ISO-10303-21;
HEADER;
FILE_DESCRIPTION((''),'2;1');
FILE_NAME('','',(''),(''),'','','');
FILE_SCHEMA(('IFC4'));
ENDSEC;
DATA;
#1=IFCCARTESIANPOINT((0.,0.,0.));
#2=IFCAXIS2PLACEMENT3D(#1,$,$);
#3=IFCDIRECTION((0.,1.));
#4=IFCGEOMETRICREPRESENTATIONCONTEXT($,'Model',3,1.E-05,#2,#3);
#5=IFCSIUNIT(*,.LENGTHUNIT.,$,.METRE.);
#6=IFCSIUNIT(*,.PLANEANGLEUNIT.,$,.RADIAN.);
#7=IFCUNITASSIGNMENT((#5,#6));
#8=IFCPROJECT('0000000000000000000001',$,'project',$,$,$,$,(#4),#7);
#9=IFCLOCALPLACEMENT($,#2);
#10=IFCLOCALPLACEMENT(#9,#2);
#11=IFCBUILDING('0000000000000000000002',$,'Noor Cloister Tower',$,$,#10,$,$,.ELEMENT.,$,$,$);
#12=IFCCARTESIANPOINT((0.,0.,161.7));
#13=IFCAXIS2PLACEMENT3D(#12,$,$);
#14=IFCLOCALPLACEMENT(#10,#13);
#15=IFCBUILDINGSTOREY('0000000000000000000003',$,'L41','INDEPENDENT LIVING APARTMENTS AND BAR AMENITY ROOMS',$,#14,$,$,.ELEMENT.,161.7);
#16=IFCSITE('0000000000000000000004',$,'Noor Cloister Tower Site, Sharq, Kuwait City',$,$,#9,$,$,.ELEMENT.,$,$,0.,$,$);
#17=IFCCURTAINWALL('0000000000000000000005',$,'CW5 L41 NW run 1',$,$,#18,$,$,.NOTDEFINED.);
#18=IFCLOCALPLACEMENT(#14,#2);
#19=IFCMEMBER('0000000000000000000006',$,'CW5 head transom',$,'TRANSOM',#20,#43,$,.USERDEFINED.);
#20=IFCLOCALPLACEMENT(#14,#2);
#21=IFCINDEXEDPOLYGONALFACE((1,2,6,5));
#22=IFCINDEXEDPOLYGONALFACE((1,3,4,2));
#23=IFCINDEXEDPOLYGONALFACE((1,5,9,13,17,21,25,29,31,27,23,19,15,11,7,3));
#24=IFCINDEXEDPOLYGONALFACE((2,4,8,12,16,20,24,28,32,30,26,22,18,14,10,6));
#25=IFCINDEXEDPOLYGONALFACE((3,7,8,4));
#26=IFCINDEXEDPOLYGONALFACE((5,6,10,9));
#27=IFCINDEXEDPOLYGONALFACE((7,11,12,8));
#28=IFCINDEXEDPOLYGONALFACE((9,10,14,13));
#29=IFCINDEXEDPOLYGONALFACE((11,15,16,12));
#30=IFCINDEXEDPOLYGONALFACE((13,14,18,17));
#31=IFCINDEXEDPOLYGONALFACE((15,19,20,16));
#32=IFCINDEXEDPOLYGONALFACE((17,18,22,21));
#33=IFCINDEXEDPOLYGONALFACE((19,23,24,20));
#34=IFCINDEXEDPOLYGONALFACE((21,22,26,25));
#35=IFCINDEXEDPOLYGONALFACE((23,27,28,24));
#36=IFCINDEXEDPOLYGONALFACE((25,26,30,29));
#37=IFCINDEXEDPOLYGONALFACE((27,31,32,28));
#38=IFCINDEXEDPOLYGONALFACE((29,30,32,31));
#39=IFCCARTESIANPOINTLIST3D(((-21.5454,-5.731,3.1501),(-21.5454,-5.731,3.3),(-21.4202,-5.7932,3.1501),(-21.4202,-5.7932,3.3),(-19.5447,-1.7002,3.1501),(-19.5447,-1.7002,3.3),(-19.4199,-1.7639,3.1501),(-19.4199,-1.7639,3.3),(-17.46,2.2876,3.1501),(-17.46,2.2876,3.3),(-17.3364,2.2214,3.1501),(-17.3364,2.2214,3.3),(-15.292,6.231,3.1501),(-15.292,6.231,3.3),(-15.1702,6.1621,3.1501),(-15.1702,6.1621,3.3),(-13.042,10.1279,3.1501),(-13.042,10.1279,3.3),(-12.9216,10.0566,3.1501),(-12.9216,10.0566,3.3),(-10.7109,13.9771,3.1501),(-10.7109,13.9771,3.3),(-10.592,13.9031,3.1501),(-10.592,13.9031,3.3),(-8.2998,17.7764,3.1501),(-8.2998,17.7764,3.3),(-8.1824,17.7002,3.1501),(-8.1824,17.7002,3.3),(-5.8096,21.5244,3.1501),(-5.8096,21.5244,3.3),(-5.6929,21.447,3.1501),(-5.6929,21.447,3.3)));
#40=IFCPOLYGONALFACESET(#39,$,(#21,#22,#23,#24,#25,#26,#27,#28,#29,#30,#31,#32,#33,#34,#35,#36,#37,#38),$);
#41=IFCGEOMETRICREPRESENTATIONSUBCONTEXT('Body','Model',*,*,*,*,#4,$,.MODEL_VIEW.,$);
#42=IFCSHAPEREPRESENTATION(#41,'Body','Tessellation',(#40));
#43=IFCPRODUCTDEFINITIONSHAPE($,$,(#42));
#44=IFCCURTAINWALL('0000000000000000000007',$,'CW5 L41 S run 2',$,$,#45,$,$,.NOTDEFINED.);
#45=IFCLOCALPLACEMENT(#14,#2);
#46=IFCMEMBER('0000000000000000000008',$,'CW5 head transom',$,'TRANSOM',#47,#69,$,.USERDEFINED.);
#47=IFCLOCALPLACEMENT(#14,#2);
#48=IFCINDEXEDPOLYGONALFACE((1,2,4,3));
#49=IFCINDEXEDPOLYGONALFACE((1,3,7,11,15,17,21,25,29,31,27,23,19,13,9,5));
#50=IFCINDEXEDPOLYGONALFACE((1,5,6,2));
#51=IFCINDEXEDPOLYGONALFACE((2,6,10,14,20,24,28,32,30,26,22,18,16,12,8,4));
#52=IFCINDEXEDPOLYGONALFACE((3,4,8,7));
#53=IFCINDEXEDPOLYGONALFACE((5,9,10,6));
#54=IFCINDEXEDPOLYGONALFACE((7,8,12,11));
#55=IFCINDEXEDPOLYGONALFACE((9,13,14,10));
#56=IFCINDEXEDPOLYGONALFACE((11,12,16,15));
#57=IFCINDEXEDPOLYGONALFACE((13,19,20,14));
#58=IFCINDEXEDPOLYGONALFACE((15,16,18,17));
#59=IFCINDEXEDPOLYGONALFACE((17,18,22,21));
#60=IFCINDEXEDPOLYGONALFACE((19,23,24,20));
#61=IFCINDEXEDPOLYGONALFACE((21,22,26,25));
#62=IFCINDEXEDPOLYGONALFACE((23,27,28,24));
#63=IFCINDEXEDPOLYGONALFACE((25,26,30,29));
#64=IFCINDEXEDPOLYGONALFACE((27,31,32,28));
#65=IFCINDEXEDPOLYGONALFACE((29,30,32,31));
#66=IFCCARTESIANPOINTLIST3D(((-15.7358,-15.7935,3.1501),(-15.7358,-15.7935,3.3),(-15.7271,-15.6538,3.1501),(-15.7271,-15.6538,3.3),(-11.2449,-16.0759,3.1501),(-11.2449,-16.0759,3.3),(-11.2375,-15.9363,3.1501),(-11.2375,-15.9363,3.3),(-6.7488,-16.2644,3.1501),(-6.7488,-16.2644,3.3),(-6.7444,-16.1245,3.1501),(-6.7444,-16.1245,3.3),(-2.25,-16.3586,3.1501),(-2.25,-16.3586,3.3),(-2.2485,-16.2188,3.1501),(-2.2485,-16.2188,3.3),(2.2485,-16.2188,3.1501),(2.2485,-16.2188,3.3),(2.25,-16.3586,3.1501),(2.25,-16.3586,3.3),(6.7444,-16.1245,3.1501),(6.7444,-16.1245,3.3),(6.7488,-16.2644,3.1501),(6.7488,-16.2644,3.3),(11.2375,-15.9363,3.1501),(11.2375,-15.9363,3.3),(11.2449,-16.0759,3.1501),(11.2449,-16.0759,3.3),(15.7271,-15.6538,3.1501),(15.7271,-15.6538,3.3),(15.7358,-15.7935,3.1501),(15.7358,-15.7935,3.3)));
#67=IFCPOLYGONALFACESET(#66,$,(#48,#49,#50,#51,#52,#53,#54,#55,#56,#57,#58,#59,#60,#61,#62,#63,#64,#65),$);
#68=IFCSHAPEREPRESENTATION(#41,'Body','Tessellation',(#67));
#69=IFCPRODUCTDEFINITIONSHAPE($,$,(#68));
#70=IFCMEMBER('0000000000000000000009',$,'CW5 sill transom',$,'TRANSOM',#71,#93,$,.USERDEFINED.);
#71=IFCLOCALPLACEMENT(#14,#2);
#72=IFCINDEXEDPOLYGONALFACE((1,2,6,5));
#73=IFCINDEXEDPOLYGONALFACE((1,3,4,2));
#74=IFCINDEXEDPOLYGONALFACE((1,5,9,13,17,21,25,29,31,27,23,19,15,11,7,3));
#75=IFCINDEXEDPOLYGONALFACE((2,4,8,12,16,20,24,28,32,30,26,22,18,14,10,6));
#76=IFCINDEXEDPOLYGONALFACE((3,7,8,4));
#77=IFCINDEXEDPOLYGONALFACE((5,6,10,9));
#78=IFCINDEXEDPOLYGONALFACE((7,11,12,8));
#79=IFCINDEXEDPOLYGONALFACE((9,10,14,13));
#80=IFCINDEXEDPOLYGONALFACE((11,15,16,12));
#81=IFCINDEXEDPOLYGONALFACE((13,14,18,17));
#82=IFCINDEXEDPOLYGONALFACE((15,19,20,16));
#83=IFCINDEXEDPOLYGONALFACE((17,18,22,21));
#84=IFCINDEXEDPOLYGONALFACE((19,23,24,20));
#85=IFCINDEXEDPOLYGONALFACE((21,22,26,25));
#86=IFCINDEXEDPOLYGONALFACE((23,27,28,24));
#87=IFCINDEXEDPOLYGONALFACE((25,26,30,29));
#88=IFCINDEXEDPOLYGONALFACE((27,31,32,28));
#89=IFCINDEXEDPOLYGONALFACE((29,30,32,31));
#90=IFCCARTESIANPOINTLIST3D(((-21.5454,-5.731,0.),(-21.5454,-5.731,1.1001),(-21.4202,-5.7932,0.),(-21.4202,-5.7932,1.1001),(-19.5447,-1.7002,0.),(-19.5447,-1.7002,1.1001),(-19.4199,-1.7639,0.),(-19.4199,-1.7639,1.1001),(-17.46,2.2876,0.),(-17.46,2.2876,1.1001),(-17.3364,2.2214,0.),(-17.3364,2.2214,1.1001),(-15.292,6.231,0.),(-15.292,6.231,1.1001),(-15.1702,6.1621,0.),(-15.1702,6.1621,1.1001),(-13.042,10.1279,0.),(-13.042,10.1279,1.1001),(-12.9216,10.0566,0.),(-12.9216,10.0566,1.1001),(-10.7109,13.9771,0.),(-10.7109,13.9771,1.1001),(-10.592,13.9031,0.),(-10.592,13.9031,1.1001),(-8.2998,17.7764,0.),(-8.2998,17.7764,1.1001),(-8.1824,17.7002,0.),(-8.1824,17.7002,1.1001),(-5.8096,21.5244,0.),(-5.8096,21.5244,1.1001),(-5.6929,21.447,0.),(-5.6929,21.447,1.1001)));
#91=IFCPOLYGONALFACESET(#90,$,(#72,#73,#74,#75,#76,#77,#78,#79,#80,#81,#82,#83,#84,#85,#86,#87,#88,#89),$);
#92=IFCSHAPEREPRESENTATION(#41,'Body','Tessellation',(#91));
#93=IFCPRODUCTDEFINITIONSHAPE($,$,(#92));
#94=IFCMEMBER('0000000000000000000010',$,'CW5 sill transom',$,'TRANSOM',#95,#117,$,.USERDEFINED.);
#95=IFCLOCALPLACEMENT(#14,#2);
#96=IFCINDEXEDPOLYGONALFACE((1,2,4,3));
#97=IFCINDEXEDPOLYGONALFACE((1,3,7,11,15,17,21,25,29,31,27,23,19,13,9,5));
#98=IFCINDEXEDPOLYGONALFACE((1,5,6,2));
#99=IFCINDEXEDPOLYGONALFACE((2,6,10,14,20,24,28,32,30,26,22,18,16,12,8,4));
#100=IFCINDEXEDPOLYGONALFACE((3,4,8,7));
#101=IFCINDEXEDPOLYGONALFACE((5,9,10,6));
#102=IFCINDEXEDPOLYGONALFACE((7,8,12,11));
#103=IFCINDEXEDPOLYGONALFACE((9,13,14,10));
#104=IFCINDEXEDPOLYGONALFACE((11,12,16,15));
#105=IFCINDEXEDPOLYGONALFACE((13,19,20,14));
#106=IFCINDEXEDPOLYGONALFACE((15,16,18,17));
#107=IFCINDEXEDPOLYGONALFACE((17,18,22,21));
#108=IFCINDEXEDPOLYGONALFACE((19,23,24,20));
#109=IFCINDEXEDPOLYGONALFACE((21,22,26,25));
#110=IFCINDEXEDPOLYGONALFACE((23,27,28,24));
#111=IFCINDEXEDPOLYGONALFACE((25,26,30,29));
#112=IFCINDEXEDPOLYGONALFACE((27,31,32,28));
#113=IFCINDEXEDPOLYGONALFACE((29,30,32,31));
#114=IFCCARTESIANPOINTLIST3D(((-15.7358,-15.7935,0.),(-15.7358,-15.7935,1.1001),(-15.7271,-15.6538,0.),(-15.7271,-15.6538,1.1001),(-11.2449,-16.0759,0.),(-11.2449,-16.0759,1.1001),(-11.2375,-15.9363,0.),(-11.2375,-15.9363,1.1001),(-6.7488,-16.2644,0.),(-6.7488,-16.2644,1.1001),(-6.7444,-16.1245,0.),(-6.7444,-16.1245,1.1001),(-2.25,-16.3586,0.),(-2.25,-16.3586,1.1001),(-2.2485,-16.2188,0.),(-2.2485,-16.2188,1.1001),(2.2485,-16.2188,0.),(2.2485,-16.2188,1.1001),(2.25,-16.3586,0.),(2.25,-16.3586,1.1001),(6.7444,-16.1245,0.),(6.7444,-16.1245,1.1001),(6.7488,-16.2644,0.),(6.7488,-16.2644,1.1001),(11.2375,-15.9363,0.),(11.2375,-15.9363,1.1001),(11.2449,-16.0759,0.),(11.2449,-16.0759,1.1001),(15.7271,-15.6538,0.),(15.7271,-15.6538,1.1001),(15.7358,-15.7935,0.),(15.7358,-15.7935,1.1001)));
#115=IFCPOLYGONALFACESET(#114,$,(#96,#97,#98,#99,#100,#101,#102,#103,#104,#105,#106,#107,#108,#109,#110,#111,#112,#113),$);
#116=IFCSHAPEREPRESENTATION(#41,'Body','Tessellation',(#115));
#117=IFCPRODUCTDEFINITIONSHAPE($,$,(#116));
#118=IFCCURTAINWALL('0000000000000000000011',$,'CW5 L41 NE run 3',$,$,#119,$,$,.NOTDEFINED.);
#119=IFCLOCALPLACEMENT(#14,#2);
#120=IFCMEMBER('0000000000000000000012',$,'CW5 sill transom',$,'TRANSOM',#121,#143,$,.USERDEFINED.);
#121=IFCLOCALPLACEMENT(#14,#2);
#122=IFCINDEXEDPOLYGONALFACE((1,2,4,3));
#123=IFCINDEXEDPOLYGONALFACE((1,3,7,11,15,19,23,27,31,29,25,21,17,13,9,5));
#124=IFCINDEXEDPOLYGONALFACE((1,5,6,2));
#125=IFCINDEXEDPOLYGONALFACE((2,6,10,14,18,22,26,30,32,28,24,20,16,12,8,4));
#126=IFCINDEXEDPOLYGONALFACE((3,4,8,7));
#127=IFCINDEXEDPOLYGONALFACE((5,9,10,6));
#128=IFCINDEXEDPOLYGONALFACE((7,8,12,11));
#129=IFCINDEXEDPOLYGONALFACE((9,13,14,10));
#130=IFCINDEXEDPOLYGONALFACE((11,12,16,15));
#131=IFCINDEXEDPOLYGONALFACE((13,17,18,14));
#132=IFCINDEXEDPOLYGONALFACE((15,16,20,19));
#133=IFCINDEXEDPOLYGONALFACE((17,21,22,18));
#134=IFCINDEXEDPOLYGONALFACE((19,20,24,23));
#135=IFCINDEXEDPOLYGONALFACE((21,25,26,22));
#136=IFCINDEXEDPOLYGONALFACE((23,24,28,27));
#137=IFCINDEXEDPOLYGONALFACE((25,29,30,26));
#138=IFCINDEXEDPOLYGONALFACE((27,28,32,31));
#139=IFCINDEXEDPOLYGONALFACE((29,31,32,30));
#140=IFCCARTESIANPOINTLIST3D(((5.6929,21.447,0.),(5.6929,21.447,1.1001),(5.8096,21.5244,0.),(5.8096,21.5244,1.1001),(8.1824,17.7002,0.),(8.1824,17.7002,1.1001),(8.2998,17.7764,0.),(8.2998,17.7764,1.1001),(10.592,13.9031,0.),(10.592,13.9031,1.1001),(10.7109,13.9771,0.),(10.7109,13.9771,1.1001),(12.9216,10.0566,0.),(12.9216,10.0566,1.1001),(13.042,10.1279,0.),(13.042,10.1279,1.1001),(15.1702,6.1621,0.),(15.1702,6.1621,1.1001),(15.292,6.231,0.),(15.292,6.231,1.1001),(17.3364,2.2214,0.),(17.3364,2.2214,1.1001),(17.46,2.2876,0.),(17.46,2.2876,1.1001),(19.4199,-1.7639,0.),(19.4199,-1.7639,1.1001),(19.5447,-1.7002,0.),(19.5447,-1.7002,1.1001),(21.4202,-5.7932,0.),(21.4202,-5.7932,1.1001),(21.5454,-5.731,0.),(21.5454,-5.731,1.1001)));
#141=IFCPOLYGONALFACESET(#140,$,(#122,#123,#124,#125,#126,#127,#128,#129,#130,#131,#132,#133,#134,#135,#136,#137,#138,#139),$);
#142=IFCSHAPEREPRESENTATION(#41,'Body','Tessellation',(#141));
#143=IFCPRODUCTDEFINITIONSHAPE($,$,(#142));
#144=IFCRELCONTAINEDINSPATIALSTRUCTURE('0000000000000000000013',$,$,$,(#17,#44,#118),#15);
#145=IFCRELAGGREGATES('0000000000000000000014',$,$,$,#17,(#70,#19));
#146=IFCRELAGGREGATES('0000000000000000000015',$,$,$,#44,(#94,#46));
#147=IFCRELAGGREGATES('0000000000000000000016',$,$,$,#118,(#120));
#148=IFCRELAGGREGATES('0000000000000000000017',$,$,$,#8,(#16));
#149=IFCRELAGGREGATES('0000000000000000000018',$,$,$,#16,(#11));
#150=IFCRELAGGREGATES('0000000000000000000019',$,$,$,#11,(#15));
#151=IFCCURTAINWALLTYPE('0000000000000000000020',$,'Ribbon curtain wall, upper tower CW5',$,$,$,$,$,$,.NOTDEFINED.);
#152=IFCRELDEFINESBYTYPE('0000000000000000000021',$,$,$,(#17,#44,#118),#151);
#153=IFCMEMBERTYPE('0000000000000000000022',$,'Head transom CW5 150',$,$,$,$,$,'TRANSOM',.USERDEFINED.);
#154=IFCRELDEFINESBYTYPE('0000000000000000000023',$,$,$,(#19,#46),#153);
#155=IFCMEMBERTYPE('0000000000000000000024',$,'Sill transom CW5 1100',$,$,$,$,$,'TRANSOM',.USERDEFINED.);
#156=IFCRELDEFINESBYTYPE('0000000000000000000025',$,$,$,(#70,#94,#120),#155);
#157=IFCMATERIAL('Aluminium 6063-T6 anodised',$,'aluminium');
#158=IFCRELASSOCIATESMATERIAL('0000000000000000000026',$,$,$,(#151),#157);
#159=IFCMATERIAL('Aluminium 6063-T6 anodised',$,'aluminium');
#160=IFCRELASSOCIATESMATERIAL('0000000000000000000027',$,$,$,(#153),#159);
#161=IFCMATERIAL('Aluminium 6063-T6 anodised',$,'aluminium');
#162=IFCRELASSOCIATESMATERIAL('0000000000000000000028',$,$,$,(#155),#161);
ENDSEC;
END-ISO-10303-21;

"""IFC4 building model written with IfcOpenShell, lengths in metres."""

from ifc_helpers import new_model, si_unit, direction, frame, origin, place, context, subcontext, project, spatial, polyline, outline, extrude, material, type_object, element, aggregate, save


model = new_model("IFC4")

# Units and contexts
model_context = context("Model", 3, precision=1e-05, world=origin(), true_north=direction((0.0, 1.0)))
body_context = subcontext(model_context, "Body", "Model", "MODEL_VIEW")
ifc_project = project(units=[si_unit("LENGTHUNIT", "METRE"), si_unit("PLANEANGLEUNIT", "RADIAN")], contexts=[model_context])

# Site, building, storey
site_placement = place(None, origin())
site = spatial("IfcSite", under=ifc_project, at=site_placement, Name="Noor Cloister Tower Site, Sharq, Kuwait City", CompositionType="ELEMENT", RefElevation=0.0)
building_placement = place(site_placement, origin())
building = spatial("IfcBuilding", under=site, at=building_placement, Name="Noor Cloister Tower", CompositionType="ELEMENT")
storey_placement = place(building_placement, frame((0.0, 0.0, 161.7)))
storey = spatial("IfcBuildingStorey", under=building, at=storey_placement, Name="L41", Description="INDEPENDENT LIVING APARTMENTS AND BAR AMENITY ROOMS", CompositionType="ELEMENT", Elevation=161.7)

# Curtain walls, members
ifc_material_1 = material(Name="Aluminium 6063-T6 anodised", Category="aluminium")
curtain_wall_type = type_object("IfcCurtainWallType", Name="Ribbon curtain wall, upper tower CW5", PredefinedType="NOTDEFINED", material=ifc_material_1)
curtain_wall_1_placement = place(storey_placement, origin())
curtain_wall_1 = element("IfcCurtainWall", 1, at=curtain_wall_1_placement, inside=storey, type_object=curtain_wall_type, Name="CW5 L41 NW run 1", PredefinedType="NOTDEFINED")
ifc_material_2 = material(Name="Aluminium 6063-T6 anodised", Category="aluminium")
member_type_1 = type_object("IfcMemberType", Name="Head transom CW5 150", ElementType="TRANSOM", PredefinedType="USERDEFINED", material=ifc_material_2)
member_1_placement = place(storey_placement, frame((0.0, 0.0, 3.1501)))
member_1 = element("IfcMember", 2, at=member_1_placement, type_object=member_type_1, Name="CW5 head transom", ObjectType="TRANSOM", PredefinedType="USERDEFINED", context=body_context, shape_type="SweptSolid", body=[
    extrude(outline(polyline([(-5.8096, 21.5244), (-8.2998, 17.7764), (-10.7109, 13.9771), (-13.042, 10.1279), (-15.292, 6.231), (-17.46, 2.2876), (-19.5447, -1.7002), (-21.5454, -5.731), (-21.4202, -5.7932), (-19.4199, -1.7639), (-17.3364, 2.2214), (-15.1702, 6.1621), (-12.9216, 10.0566), (-10.592, 13.9031), (-8.1824, 17.7002), (-5.6929, 21.447), (-5.8096, 21.5244)])), origin(), (0.0, 0.0, 1.0), 0.1499),
])
curtain_wall_2_placement = place(storey_placement, origin())
curtain_wall_2 = element("IfcCurtainWall", 3, at=curtain_wall_2_placement, inside=storey, type_object=curtain_wall_type, Name="CW5 L41 S run 2", PredefinedType="NOTDEFINED")
member_2_placement = place(storey_placement, frame((0.0, 0.0, 3.1501)))
member_2 = element("IfcMember", 4, at=member_2_placement, type_object=member_type_1, Name="CW5 head transom", ObjectType="TRANSOM", PredefinedType="USERDEFINED", context=body_context, shape_type="SweptSolid", body=[
    extrude(outline(polyline([(-15.7358, -15.7935), (-11.2449, -16.0759), (-6.7488, -16.2644), (-2.25, -16.3586), (2.25, -16.3586), (6.7488, -16.2644), (11.2449, -16.0759), (15.7358, -15.7935), (15.7271, -15.6538), (11.2375, -15.9363), (6.7444, -16.1245), (2.2485, -16.2188), (-2.2485, -16.2188), (-6.7444, -16.1245), (-11.2375, -15.9363), (-15.7271, -15.6538), (-15.7358, -15.7935)])), origin(), (0.0, 0.0, 1.0), 0.1499),
])

# Members
ifc_material_3 = material(Name="Aluminium 6063-T6 anodised", Category="aluminium")
member_type_2 = type_object("IfcMemberType", Name="Sill transom CW5 1100", ElementType="TRANSOM", PredefinedType="USERDEFINED", material=ifc_material_3)
member_3_placement = place(storey_placement, origin())
member_3 = element("IfcMember", 5, at=member_3_placement, type_object=member_type_2, Name="CW5 sill transom", ObjectType="TRANSOM", PredefinedType="USERDEFINED", context=body_context, shape_type="SweptSolid", body=[
    extrude(outline(polyline([(-5.8096, 21.5244), (-8.2998, 17.7764), (-10.7109, 13.9771), (-13.042, 10.1279), (-15.292, 6.231), (-17.46, 2.2876), (-19.5447, -1.7002), (-21.5454, -5.731), (-21.4202, -5.7932), (-19.4199, -1.7639), (-17.3364, 2.2214), (-15.1702, 6.1621), (-12.9216, 10.0566), (-10.592, 13.9031), (-8.1824, 17.7002), (-5.6929, 21.447), (-5.8096, 21.5244)])), origin(), (0.0, 0.0, 1.0), 1.1001),
])
aggregate(curtain_wall_1, [member_3, member_1])
member_4_placement = place(storey_placement, origin())
member_4 = element("IfcMember", 6, at=member_4_placement, type_object=member_type_2, Name="CW5 sill transom", ObjectType="TRANSOM", PredefinedType="USERDEFINED", context=body_context, shape_type="SweptSolid", body=[
    extrude(outline(polyline([(-15.7358, -15.7935), (-11.2449, -16.0759), (-6.7488, -16.2644), (-2.25, -16.3586), (2.25, -16.3586), (6.7488, -16.2644), (11.2449, -16.0759), (15.7358, -15.7935), (15.7271, -15.6538), (11.2375, -15.9363), (6.7444, -16.1245), (2.2485, -16.2188), (-2.2485, -16.2188), (-6.7444, -16.1245), (-11.2375, -15.9363), (-15.7271, -15.6538), (-15.7358, -15.7935)])), origin(), (0.0, 0.0, 1.0), 1.1001),
])
aggregate(curtain_wall_2, [member_4, member_2])

# Curtain wall, member
curtain_wall_3_placement = place(storey_placement, origin())
curtain_wall_3 = element("IfcCurtainWall", 7, at=curtain_wall_3_placement, inside=storey, type_object=curtain_wall_type, Name="CW5 L41 NE run 3", PredefinedType="NOTDEFINED")
member_5_placement = place(storey_placement, origin())
member_5 = element("IfcMember", 8, at=member_5_placement, type_object=member_type_2, Name="CW5 sill transom", ObjectType="TRANSOM", PredefinedType="USERDEFINED", context=body_context, shape_type="SweptSolid", body=[
    extrude(outline(polyline([(21.5454, -5.731), (19.5447, -1.7002), (17.46, 2.2876), (15.292, 6.231), (13.042, 10.1279), (10.7109, 13.9771), (8.2998, 17.7764), (5.8096, 21.5244), (5.6929, 21.447), (8.1824, 17.7002), (10.592, 13.9031), (12.9216, 10.0566), (15.1702, 6.1621), (17.3364, 2.2214), (19.4199, -1.7639), (21.4202, -5.7932), (21.5454, -5.731)])), origin(), (0.0, 0.0, 1.0), 1.1001),
])
aggregate(curtain_wall_3, [member_5])

save(model, "model.ifc")
